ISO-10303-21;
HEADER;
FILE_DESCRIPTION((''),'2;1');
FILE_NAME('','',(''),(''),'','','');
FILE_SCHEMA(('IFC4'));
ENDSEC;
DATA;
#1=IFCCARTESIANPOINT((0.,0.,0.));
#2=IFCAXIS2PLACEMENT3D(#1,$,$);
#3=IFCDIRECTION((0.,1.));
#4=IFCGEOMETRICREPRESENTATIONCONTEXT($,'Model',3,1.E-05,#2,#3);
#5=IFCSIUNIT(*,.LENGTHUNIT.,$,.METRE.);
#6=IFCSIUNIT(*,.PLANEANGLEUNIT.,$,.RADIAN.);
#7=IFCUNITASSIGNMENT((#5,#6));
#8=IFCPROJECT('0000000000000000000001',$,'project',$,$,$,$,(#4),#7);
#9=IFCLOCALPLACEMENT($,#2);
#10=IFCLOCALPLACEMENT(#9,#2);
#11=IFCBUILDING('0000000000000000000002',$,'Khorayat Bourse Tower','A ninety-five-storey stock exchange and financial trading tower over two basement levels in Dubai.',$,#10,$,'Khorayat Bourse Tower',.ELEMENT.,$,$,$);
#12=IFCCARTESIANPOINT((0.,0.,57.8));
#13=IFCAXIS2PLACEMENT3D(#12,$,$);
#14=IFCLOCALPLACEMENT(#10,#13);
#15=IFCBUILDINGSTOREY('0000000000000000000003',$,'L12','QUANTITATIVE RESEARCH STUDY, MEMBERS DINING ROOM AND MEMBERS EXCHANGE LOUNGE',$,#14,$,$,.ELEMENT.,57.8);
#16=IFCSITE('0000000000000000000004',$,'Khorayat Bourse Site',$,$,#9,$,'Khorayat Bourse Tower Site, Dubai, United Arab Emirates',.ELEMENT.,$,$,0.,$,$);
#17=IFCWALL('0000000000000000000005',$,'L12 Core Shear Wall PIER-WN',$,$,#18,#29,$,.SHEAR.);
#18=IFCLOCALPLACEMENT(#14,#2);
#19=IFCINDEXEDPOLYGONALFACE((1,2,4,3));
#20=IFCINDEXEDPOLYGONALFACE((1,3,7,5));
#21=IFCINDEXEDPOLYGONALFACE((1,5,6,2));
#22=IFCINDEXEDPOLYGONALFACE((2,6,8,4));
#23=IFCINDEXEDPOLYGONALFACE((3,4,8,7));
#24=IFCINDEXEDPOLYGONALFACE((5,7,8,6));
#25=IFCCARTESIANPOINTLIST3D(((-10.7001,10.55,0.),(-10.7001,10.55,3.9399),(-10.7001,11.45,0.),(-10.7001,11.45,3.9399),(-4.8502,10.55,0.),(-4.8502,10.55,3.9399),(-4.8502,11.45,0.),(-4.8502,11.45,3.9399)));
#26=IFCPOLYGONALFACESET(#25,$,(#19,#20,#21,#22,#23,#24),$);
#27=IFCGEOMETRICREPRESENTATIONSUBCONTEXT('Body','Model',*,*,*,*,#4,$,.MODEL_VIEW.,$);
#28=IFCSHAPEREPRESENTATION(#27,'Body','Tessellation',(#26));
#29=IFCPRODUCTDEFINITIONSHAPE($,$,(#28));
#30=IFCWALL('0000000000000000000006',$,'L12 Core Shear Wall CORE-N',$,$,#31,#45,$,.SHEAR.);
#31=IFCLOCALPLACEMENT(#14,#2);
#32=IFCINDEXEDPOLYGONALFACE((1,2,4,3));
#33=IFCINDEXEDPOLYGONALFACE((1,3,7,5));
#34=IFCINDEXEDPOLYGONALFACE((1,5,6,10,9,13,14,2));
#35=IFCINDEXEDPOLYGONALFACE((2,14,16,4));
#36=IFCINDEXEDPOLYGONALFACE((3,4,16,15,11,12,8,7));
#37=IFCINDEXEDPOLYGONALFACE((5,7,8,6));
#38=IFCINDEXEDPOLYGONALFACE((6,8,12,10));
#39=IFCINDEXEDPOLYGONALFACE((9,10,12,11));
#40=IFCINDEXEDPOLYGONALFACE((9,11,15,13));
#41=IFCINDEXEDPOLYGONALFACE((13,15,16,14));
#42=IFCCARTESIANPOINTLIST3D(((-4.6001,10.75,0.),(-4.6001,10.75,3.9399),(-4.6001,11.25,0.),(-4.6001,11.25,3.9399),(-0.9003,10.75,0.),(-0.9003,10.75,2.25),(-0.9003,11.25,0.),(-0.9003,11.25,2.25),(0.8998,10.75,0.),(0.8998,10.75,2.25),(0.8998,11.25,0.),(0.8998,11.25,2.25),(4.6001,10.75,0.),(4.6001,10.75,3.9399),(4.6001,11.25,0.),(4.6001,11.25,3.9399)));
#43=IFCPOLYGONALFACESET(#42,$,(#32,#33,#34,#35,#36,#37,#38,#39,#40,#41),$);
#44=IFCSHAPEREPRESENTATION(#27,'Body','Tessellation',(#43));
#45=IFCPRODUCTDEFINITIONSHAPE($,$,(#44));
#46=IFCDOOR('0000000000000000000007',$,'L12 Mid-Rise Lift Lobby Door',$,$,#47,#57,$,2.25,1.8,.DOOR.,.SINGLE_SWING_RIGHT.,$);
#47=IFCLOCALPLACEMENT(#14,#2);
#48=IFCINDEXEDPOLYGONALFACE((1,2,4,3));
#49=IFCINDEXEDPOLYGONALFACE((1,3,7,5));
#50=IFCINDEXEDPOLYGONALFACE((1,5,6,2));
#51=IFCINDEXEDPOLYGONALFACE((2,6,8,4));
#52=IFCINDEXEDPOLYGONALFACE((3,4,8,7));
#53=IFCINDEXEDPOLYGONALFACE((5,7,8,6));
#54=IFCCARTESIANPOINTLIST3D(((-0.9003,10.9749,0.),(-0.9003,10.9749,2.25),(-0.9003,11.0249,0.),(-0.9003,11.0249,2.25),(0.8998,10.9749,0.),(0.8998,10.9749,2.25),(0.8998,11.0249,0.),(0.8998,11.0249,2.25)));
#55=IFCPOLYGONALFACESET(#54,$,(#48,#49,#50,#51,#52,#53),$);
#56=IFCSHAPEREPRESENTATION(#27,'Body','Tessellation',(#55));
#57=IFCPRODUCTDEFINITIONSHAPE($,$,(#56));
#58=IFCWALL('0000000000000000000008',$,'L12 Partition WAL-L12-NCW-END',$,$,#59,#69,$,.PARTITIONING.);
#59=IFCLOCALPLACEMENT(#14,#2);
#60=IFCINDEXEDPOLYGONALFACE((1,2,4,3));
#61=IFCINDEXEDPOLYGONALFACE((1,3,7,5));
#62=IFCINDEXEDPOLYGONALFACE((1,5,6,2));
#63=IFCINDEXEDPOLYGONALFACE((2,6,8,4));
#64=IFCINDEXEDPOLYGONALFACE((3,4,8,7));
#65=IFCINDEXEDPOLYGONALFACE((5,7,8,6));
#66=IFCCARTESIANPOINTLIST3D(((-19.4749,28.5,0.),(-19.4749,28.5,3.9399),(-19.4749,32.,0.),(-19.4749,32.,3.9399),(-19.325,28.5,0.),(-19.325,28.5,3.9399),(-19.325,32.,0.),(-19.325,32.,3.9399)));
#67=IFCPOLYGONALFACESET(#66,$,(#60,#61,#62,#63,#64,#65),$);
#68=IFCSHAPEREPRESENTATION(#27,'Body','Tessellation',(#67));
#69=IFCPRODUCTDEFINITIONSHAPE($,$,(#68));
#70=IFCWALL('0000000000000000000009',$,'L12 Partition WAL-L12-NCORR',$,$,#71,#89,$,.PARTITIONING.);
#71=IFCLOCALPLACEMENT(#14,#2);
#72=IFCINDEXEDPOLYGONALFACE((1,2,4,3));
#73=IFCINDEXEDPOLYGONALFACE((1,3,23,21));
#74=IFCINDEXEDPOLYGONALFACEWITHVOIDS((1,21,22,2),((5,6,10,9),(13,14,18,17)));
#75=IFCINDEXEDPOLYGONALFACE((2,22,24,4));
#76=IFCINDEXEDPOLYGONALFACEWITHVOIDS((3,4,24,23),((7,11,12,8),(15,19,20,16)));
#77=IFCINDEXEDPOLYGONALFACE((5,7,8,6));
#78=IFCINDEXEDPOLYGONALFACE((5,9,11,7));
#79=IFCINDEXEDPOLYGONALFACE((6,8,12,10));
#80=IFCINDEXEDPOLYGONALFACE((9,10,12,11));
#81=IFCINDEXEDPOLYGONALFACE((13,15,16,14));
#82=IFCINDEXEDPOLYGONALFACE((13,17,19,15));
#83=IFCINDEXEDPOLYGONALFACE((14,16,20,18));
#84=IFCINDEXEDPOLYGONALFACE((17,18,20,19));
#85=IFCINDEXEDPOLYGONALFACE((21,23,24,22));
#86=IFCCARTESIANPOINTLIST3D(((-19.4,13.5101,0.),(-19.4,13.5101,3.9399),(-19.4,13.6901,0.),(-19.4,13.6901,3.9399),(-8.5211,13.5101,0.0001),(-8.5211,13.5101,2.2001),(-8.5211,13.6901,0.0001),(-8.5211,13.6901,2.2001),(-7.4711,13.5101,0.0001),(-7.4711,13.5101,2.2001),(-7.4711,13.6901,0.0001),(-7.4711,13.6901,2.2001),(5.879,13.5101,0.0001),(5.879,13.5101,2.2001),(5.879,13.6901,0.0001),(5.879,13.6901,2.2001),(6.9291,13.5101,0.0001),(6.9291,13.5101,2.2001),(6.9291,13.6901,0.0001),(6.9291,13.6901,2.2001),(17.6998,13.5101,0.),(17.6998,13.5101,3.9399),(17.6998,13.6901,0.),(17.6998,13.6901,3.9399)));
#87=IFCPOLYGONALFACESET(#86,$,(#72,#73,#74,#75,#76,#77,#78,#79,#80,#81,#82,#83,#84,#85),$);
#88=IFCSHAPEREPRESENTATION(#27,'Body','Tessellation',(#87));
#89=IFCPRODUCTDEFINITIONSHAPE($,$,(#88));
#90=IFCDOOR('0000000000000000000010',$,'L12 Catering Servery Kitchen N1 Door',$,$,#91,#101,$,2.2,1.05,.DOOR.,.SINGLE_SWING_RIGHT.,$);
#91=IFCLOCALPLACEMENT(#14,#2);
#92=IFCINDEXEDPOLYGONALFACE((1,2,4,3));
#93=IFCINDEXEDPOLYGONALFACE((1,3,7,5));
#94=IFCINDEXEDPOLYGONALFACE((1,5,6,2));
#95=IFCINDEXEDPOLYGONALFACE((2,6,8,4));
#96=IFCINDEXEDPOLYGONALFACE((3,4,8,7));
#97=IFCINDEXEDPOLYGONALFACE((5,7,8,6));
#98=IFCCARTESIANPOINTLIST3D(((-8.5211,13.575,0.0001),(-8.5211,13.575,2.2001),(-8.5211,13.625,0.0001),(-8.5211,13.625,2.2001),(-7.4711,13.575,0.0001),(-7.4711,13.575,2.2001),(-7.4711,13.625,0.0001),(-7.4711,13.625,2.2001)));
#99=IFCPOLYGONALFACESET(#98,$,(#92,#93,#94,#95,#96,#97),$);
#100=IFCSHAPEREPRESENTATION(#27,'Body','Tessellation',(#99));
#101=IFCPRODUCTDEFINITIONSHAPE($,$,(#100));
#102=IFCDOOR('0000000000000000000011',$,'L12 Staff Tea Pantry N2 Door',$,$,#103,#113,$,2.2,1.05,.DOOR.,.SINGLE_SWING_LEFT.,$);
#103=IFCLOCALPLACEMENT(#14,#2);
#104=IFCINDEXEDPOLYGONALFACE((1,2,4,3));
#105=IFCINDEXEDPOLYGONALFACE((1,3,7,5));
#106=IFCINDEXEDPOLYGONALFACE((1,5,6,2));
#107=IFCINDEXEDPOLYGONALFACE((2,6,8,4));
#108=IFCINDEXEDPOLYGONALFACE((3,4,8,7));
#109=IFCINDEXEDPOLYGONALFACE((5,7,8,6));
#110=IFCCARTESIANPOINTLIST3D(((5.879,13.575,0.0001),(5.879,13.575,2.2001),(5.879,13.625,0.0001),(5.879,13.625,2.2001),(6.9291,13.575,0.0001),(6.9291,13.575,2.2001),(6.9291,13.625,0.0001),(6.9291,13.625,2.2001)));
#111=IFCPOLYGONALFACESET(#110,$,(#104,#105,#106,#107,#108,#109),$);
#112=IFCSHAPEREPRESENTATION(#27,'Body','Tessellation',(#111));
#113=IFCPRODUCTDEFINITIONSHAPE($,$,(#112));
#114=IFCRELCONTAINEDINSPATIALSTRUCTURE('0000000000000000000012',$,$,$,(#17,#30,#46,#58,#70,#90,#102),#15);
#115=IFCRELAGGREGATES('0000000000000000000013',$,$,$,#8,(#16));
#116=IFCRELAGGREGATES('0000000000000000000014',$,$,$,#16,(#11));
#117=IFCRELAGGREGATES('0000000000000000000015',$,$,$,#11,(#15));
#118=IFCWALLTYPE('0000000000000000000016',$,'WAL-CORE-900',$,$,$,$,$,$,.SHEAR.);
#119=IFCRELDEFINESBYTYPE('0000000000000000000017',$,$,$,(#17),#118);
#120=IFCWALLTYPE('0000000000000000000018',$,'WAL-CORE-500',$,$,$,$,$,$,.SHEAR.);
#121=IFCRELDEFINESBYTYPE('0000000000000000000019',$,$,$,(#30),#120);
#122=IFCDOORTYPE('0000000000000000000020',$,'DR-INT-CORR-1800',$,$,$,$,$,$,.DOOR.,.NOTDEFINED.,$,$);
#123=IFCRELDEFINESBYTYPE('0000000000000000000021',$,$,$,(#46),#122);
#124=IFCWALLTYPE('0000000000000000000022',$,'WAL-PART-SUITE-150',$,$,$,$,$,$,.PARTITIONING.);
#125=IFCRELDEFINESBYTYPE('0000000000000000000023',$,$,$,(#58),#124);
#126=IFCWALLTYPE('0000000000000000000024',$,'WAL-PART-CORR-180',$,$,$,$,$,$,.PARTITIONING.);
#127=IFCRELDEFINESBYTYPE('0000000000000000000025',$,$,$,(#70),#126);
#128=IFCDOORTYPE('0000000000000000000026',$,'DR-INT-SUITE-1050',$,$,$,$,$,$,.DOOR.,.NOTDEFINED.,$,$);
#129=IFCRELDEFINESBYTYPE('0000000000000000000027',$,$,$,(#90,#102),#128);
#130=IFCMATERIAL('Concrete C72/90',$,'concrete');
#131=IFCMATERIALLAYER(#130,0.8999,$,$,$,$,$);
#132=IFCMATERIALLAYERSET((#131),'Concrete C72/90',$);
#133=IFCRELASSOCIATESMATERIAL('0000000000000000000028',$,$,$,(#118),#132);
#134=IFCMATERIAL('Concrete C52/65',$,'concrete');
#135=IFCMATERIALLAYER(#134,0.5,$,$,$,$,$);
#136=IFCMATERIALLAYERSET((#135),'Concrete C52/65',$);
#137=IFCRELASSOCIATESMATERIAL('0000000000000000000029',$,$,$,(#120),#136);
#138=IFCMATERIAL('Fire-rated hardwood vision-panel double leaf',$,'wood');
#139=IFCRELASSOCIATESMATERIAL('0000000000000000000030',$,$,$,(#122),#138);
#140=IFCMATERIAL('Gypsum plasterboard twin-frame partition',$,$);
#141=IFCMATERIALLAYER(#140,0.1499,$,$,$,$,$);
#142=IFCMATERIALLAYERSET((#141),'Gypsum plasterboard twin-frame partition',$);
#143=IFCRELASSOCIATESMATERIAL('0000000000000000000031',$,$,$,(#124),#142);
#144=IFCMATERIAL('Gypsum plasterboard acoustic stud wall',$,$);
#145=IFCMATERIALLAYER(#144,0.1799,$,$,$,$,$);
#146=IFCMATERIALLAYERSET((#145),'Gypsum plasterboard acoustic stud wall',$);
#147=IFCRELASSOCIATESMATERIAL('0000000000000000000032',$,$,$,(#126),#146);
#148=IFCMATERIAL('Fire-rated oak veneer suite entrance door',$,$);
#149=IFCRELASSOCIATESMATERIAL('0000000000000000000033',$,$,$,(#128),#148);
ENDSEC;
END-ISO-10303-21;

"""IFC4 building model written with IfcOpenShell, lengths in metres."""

from ifc_helpers import new_model, si_unit, direction, frame, frame_2d, origin, place, context, subcontext, project, spatial, rectangle, extrude, source, transform, mapped, material, layer, layer_set, type_object, element, fill, save


model = new_model("IFC4")

# Units and contexts
model_context = context("Model", 3, precision=1e-05, world=origin(), true_north=direction((0.0, 1.0)))
body_context = subcontext(model_context, "Body", "Model", "MODEL_VIEW")
ifc_project = project(units=[si_unit("LENGTHUNIT", "METRE"), si_unit("PLANEANGLEUNIT", "RADIAN")], contexts=[model_context])

# Site, building, storey
site_placement = place(None, origin())
site = spatial("IfcSite", under=ifc_project, at=site_placement, Name="Khorayat Bourse Site", LongName="Khorayat Bourse Tower Site, Dubai, United Arab Emirates", CompositionType="ELEMENT", RefElevation=0.0)
building_placement = place(site_placement, origin())
building = spatial("IfcBuilding", under=site, at=building_placement, Name="Khorayat Bourse Tower", Description="A ninety-five-storey stock exchange and financial trading tower over two basement levels in Dubai.", LongName="Khorayat Bourse Tower", CompositionType="ELEMENT")
storey_placement = place(building_placement, frame((0.0, 0.0, 57.8)))
storey = spatial("IfcBuildingStorey", under=building, at=storey_placement, Name="L12", Description="QUANTITATIVE RESEARCH STUDY, MEMBERS DINING ROOM AND MEMBERS EXCHANGE LOUNGE", CompositionType="ELEMENT", Elevation=57.8)

# Shared definitions
ifc_material_1 = material(Name="Concrete C72/90", Category="concrete")

# Wall
ifc_layer_1 = layer(ifc_material_1, 0.8999)
ifc_layer_set_1 = layer_set([ifc_layer_1], Name="Concrete C72/90")
wall_type_1 = type_object("IfcWallType", Name="WAL-CORE-900", PredefinedType="SHEAR", material=ifc_layer_set_1)
shared_shape_1 = source(origin(), body_context, "Body", "SweptSolid", [
    extrude(rectangle(XDim=5.8499, YDim=0.8999, at=frame_2d((2.9248, 0.0))), origin(), (0.0, 0.0, 1.0), 3.9399),
])
wall_1_placement = place(storey_placement, frame((-10.7, 11.0, 0.0), z_axis=(0.0, 0.0, 1.0), x_axis=(1.0, 0.0, 0.0)))
element("IfcWall", 1, at=wall_1_placement, inside=storey, type_object=wall_type_1, Name="L12 Core Shear Wall PIER-WN", PredefinedType="SHEAR", context=body_context, shape_type="MappedRepresentation", body=[
    mapped(shared_shape_1, transform((0.0, 0.0, 0.0), scale=1.0)),
])

# Wall, opening, door
ifc_material_2 = material(Name="Concrete C52/65", Category="concrete")
ifc_layer_2 = layer(ifc_material_2, 0.5)
ifc_layer_set_2 = layer_set([ifc_layer_2], Name="Concrete C52/65")
wall_type_2 = type_object("IfcWallType", Name="WAL-CORE-500", PredefinedType="SHEAR", material=ifc_layer_set_2)
shared_shape_2 = source(origin(), body_context, "Body", "SweptSolid", [
    extrude(rectangle(XDim=9.2002, YDim=0.5, at=frame_2d((4.6001, 0.0))), origin(), (0.0, 0.0, 1.0), 3.9399),
])
wall_2_placement = place(storey_placement, frame((-4.6001, 11.0, 0.0), z_axis=(0.0, 0.0, 1.0), x_axis=(1.0, 0.0, 0.0)))
wall_2 = element("IfcWall", 2, at=wall_2_placement, inside=storey, type_object=wall_type_2, Name="L12 Core Shear Wall CORE-N", PredefinedType="SHEAR", context=body_context, shape_type="MappedRepresentation", body=[
    mapped(shared_shape_2, transform((0.0, 0.0, 0.0), scale=1.0)),
])
shared_shape_3 = source(origin(), body_context, "Body", "SweptSolid", [
    extrude(rectangle(XDim=1.8, YDim=2.25, at=frame_2d((0.8999, 1.125))), frame((0.0, 0.26, 0.0), z_axis=(0.0, -1.0, 0.0), x_axis=(1.0, 0.0, 0.0)), (0.0, 0.0, 1.0), 0.52),
])
opening_1_placement = place(wall_2_placement, frame((3.7, 0.0, 0.0)))
opening_1 = element("IfcOpeningElement", 3, at=opening_1_placement, cuts=wall_2, PredefinedType="OPENING", context=body_context, shape_type="MappedRepresentation", body=[
    mapped(shared_shape_3, transform((0.0, 0.0, 0.0), scale=1.0)),
])
ifc_material_3 = material(Name="Fire-rated hardwood vision-panel double leaf", Category="wood")
door_type_1 = type_object("IfcDoorType", Name="DR-INT-CORR-1800", OperationType="NOTDEFINED", PredefinedType="DOOR", material=ifc_material_3)
shared_shape_4 = source(origin(), body_context, "Body", "SweptSolid", [
    extrude(rectangle(XDim=1.8, YDim=2.25, at=frame_2d((0.8999, 1.125))), frame((0.0, 0.0249, 0.0), z_axis=(0.0, -1.0, 0.0), x_axis=(1.0, 0.0, 0.0)), (0.0, 0.0, 1.0), 0.05),
])
door_1_placement = place(opening_1_placement, origin())
door_1 = element("IfcDoor", 4, at=door_1_placement, inside=storey, type_object=door_type_1, Name="L12 Mid-Rise Lift Lobby Door", OperationType="SINGLE_SWING_RIGHT", OverallHeight=2.25, OverallWidth=1.8, PredefinedType="DOOR", context=body_context, shape_type="MappedRepresentation", body=[
    mapped(shared_shape_4, transform((0.0, 0.0, 0.0), scale=1.0)),
])
fill(opening_1, door_1)

# Wall
ifc_material_4 = material(Name="Gypsum plasterboard twin-frame partition")
ifc_layer_3 = layer(ifc_material_4, 0.1499)
ifc_layer_set_3 = layer_set([ifc_layer_3], Name="Gypsum plasterboard twin-frame partition")
wall_type_3 = type_object("IfcWallType", Name="WAL-PART-SUITE-150", PredefinedType="PARTITIONING", material=ifc_layer_set_3)
shared_shape_5 = source(origin(), body_context, "Body", "SweptSolid", [
    extrude(rectangle(XDim=3.5, YDim=0.1499, at=frame_2d((1.75, 0.0))), origin(), (0.0, 0.0, 1.0), 3.9399),
])
wall_3_placement = place(storey_placement, frame((-19.3999, 28.5, 0.0), z_axis=(0.0, 0.0, 1.0), x_axis=(0.0, 1.0, 0.0)))
element("IfcWall", 5, at=wall_3_placement, inside=storey, type_object=wall_type_3, Name="L12 Partition WAL-L12-NCW-END", PredefinedType="PARTITIONING", context=body_context, shape_type="MappedRepresentation", body=[
    mapped(shared_shape_5, transform((0.0, 0.0, 0.0), scale=1.0)),
])

# Wall, openings, doors
ifc_material_5 = material(Name="Gypsum plasterboard acoustic stud wall")
ifc_layer_4 = layer(ifc_material_5, 0.1799)
ifc_layer_set_4 = layer_set([ifc_layer_4], Name="Gypsum plasterboard acoustic stud wall")
wall_type_4 = type_object("IfcWallType", Name="WAL-PART-CORR-180", PredefinedType="PARTITIONING", material=ifc_layer_set_4)
shared_shape_6 = source(origin(), body_context, "Body", "SweptSolid", [
    extrude(rectangle(XDim=37.0999, YDim=0.1799, at=frame_2d((18.5498, 0.0))), origin(), (0.0, 0.0, 1.0), 3.9399),
])
wall_4_placement = place(storey_placement, frame((-19.3999, 13.6001, 0.0), z_axis=(0.0, 0.0, 1.0), x_axis=(1.0, 0.0, 0.0)))
wall_4 = element("IfcWall", 6, at=wall_4_placement, inside=storey, type_object=wall_type_4, Name="L12 Partition WAL-L12-NCORR", PredefinedType="PARTITIONING", context=body_context, shape_type="MappedRepresentation", body=[
    mapped(shared_shape_6, transform((0.0, 0.0, 0.0), scale=1.0)),
])
shared_shape_7 = source(origin(), body_context, "Body", "SweptSolid", [
    extrude(rectangle(XDim=1.05, YDim=2.2, at=frame_2d((0.5249, 1.1001))), frame((0.0, 0.0999, 0.0), z_axis=(0.0, -1.0, 0.0), x_axis=(1.0, 0.0, 0.0)), (0.0, 0.0, 1.0), 0.2),
])
opening_2_placement = place(wall_4_placement, frame((10.8789, 0.0, 0.0)))
opening_2 = element("IfcOpeningElement", 7, at=opening_2_placement, cuts=wall_4, PredefinedType="OPENING", context=body_context, shape_type="MappedRepresentation", body=[
    mapped(shared_shape_7, transform((0.0, 0.0, 0.0), scale=1.0)),
])
opening_3_placement = place(wall_4_placement, frame((25.2791, 0.0, 0.0)))
opening_3 = element("IfcOpeningElement", 8, at=opening_3_placement, cuts=wall_4, PredefinedType="OPENING", context=body_context, shape_type="MappedRepresentation", body=[
    mapped(shared_shape_7, transform((0.0, 0.0, 0.0), scale=1.0)),
])
ifc_material_6 = material(Name="Fire-rated oak veneer suite entrance door")
door_type_2 = type_object("IfcDoorType", Name="DR-INT-SUITE-1050", OperationType="NOTDEFINED", PredefinedType="DOOR", material=ifc_material_6)
shared_shape_8 = source(origin(), body_context, "Body", "SweptSolid", [
    extrude(rectangle(XDim=1.05, YDim=2.2, at=frame_2d((0.5249, 1.1001))), frame((0.0, 0.0249, 0.0), z_axis=(0.0, -1.0, 0.0), x_axis=(1.0, 0.0, 0.0)), (0.0, 0.0, 1.0), 0.05),
])
door_2_placement = place(opening_2_placement, origin())
door_2 = element("IfcDoor", 9, at=door_2_placement, inside=storey, type_object=door_type_2, Name="L12 Catering Servery Kitchen N1 Door", OperationType="SINGLE_SWING_RIGHT", OverallHeight=2.2, OverallWidth=1.05, PredefinedType="DOOR", context=body_context, shape_type="MappedRepresentation", body=[
    mapped(shared_shape_8, transform((0.0, 0.0, 0.0), scale=1.0)),
])
fill(opening_2, door_2)
door_3_placement = place(opening_3_placement, origin())
door_3 = element("IfcDoor", 10, at=door_3_placement, inside=storey, type_object=door_type_2, Name="L12 Staff Tea Pantry N2 Door", OperationType="SINGLE_SWING_LEFT", OverallHeight=2.2, OverallWidth=1.05, PredefinedType="DOOR", context=body_context, shape_type="MappedRepresentation", body=[
    mapped(shared_shape_8, transform((0.0, 0.0, 0.0), scale=1.0)),
])
fill(opening_3, door_3)

save(model, "model.ifc")
